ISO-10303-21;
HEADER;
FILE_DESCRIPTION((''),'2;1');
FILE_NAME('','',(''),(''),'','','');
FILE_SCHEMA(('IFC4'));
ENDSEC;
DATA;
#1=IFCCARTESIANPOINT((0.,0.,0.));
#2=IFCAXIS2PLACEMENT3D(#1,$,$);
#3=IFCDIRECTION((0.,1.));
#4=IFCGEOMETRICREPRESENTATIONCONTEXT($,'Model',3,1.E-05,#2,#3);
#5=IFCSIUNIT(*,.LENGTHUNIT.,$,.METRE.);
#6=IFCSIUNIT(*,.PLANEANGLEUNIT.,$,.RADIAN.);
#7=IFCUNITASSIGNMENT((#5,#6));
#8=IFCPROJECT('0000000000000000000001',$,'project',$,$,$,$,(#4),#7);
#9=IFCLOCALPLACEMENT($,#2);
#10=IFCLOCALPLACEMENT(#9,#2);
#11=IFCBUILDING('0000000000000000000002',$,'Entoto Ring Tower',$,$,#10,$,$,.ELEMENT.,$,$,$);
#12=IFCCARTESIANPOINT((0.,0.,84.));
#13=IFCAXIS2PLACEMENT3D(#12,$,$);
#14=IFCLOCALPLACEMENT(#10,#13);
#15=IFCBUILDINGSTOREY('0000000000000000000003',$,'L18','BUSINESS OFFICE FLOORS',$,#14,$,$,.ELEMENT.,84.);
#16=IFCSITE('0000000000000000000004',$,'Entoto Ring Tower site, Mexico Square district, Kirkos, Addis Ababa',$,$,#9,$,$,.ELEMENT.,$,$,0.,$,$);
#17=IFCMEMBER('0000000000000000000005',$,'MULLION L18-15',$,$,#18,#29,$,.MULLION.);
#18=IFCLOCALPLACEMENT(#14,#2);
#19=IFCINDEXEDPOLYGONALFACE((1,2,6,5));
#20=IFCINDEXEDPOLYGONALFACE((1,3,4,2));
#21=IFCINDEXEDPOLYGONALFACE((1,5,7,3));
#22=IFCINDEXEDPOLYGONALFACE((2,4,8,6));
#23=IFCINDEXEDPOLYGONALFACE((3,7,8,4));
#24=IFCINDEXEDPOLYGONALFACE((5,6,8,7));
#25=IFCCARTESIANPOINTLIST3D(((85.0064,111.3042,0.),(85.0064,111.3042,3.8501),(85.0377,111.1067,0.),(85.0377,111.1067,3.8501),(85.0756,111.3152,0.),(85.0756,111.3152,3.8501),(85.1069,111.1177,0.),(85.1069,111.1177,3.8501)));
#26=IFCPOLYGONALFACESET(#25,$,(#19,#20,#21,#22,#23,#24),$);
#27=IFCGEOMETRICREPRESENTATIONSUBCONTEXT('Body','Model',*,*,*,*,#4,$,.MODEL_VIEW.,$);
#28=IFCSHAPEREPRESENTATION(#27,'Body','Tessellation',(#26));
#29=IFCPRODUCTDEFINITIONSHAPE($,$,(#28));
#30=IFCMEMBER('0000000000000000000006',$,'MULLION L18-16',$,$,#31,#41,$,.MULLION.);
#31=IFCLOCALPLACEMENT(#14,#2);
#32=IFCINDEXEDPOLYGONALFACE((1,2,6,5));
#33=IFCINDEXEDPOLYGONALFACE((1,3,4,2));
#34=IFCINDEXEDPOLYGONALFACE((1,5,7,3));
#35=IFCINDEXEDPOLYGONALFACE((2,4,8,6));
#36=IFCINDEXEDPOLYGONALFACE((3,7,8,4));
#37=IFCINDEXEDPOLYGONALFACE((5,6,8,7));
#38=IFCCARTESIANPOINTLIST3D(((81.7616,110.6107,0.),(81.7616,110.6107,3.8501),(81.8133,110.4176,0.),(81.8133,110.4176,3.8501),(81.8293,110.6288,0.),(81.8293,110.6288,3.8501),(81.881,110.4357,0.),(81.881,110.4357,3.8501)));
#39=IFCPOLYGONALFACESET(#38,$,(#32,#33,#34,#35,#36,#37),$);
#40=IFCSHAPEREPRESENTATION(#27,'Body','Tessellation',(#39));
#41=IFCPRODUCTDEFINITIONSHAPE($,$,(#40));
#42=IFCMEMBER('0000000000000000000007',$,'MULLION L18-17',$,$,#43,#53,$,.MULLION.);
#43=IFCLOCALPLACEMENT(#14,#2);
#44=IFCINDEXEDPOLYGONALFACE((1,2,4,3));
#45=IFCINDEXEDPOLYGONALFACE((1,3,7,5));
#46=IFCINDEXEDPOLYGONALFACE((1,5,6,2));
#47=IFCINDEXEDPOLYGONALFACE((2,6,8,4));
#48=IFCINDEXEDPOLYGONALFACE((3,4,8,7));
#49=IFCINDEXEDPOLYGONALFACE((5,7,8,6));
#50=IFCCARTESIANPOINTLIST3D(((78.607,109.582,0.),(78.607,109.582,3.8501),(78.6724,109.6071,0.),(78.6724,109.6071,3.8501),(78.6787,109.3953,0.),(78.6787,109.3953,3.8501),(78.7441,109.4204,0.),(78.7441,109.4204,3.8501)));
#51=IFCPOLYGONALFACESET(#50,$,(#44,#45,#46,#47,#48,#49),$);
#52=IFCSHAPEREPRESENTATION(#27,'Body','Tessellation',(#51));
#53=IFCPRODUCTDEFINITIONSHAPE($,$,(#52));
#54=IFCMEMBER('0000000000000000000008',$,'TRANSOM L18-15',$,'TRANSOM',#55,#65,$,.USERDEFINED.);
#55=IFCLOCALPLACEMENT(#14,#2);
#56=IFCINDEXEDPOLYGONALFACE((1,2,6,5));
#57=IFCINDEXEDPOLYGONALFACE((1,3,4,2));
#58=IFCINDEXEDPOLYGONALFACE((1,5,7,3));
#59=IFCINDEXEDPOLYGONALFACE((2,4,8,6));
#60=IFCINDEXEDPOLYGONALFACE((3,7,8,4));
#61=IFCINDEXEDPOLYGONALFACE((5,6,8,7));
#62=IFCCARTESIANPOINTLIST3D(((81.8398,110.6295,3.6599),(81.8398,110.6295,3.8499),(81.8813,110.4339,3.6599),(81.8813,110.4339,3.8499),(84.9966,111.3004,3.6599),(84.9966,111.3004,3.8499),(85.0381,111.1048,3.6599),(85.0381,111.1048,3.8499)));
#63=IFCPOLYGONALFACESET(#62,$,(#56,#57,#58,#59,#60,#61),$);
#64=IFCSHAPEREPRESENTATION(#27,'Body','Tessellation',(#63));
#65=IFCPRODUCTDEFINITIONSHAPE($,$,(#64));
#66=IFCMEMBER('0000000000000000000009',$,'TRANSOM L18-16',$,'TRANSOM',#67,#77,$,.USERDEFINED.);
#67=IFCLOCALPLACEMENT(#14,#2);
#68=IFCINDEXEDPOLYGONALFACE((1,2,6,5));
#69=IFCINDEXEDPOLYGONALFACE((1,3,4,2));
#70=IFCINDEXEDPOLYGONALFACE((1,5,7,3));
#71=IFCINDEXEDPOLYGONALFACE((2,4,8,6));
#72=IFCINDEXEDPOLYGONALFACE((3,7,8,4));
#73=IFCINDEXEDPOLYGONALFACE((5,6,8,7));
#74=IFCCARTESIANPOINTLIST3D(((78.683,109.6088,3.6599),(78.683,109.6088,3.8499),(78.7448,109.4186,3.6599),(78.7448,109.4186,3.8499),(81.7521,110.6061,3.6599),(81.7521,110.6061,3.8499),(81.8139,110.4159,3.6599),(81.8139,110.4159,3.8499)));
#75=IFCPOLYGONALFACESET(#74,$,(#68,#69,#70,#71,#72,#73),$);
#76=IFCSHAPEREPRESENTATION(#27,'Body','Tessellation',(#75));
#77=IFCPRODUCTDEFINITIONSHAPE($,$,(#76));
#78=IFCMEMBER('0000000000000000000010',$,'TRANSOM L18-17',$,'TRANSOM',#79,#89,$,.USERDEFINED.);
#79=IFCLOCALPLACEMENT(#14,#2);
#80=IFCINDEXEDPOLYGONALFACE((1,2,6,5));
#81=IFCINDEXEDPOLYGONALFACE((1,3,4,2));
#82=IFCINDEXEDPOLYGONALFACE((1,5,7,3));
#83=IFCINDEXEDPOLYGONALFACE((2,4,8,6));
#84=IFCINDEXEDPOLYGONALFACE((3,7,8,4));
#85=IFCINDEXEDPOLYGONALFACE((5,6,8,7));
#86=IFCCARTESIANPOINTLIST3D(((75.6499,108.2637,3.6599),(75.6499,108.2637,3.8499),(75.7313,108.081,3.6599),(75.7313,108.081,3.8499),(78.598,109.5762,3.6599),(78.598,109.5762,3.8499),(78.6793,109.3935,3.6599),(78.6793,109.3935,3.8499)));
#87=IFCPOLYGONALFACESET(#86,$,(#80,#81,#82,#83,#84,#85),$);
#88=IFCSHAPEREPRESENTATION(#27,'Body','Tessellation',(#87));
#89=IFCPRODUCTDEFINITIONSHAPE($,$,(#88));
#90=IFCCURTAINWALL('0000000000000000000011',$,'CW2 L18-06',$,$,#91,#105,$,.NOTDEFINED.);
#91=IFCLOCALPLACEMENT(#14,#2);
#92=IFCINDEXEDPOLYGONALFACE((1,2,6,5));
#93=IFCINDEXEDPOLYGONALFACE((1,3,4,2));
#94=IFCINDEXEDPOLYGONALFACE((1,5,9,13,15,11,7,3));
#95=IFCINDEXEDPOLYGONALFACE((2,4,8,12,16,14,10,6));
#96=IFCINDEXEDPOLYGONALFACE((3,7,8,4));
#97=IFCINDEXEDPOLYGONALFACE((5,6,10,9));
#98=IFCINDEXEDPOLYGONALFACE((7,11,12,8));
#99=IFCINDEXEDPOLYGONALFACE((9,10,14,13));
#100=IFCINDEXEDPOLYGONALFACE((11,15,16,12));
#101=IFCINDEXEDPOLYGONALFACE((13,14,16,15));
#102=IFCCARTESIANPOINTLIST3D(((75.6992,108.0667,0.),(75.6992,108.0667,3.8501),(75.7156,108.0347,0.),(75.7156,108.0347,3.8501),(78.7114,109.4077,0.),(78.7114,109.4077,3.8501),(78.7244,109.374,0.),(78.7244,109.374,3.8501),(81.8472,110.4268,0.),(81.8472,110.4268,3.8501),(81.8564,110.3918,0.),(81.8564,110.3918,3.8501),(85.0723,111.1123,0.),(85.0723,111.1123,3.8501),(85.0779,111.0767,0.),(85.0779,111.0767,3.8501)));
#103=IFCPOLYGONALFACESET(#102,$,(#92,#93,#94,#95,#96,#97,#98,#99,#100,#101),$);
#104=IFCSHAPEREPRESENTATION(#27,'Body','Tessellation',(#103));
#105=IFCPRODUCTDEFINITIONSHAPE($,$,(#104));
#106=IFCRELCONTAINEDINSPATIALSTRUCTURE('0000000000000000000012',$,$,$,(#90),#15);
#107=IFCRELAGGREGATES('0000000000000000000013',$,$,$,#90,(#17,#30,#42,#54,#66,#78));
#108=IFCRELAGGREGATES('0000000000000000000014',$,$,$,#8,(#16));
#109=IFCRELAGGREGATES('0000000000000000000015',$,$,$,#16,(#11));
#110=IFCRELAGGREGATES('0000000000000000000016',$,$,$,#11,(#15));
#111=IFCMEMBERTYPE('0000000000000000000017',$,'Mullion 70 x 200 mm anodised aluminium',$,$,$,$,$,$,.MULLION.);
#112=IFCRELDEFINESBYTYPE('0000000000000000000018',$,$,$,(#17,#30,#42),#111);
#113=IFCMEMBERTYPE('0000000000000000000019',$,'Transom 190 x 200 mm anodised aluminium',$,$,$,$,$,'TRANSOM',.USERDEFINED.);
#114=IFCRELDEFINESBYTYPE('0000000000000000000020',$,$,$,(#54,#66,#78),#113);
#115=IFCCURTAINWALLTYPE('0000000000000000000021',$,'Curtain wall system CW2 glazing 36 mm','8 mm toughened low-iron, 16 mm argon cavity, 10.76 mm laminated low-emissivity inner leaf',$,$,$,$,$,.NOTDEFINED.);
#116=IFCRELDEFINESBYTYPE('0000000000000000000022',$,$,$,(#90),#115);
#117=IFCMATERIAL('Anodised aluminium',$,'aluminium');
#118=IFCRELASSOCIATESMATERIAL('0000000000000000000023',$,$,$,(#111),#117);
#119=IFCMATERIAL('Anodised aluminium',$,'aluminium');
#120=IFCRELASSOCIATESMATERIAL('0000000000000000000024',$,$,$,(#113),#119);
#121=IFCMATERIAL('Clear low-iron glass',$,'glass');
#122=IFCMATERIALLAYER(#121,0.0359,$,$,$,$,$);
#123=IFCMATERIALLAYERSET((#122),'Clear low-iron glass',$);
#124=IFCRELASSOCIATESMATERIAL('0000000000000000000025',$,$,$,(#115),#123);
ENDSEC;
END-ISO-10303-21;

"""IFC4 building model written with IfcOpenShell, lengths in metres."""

from ifc_helpers import new_model, si_unit, direction, frame, origin, origin_2d, place, context, subcontext, project, spatial, polyline, rectangle, outline, extrude, material, layer, layer_set, material_profile, profile_set, type_object, element, aggregate, save


model = new_model("IFC4")

# Units and contexts
model_context = context("Model", 3, precision=1e-05, world=origin(), true_north=direction((0.0, 1.0)))
body_context = subcontext(model_context, "Body", "Model", "MODEL_VIEW")
ifc_project = project(units=[si_unit("LENGTHUNIT", "METRE"), si_unit("PLANEANGLEUNIT", "RADIAN")], contexts=[model_context])

# Members
ifc_material_1 = material(Name="Anodised aluminium", Category="aluminium")
ifc_material_profile_1 = material_profile(ifc_material_1, rectangle(XDim=0.0701, YDim=0.2, at=origin_2d()), Name="Mullion 70 x 200 mm anodised aluminium")
ifc_profile_set_1 = profile_set([ifc_material_profile_1], Name="Anodised aluminium")
member_type_1 = type_object("IfcMemberType", Name="Mullion 70 x 200 mm anodised aluminium", PredefinedType="MULLION", material=ifc_profile_set_1)
site_placement = place(None, origin())
building_placement = place(site_placement, origin())
storey_placement = place(building_placement, frame((0.0, 0.0, 84.0)))
member_1_placement = place(storey_placement, frame((85.0566, 111.2109, 0.0), z_axis=(0.0, 0.0, 1.0), x_axis=(-0.987688, -0.156434, 0.0)))
member_1 = element("IfcMember", 1, at=member_1_placement, type_object=member_type_1, Name="MULLION L18-15", PredefinedType="MULLION", context=body_context, shape_type="SweptSolid", body=[
    extrude(rectangle(XDim=0.0701, YDim=0.2, at=origin_2d()), origin(), (0.0, 0.0, 1.0), 3.8501),
])
member_2_placement = place(storey_placement, frame((81.8213, 110.5232, 0.0), z_axis=(0.0, 0.0, 1.0), x_axis=(-0.965926, -0.258819, 0.0)))
member_2 = element("IfcMember", 2, at=member_2_placement, type_object=member_type_1, Name="MULLION L18-16", PredefinedType="MULLION", context=body_context, shape_type="SweptSolid", body=[
    extrude(rectangle(XDim=0.0701, YDim=0.2, at=origin_2d()), origin(), (0.0, 0.0, 1.0), 3.8501),
])
member_3_placement = place(storey_placement, frame((78.6755, 109.5012, 0.0), z_axis=(0.0, 0.0, 1.0), x_axis=(-0.93358, -0.358368, 0.0)))
member_3 = element("IfcMember", 3, at=member_3_placement, type_object=member_type_1, Name="MULLION L18-17", PredefinedType="MULLION", context=body_context, shape_type="SweptSolid", body=[
    extrude(rectangle(XDim=0.0701, YDim=0.2, at=origin_2d()), origin(), (0.0, 0.0, 1.0), 3.8501),
])
ifc_material_2 = material(Name="Anodised aluminium", Category="aluminium")
ifc_material_profile_2 = material_profile(ifc_material_2, rectangle(XDim=0.2, YDim=0.1899, at=origin_2d()), Name="Transom 190 x 200 mm anodised aluminium")
ifc_profile_set_2 = profile_set([ifc_material_profile_2], Name="Anodised aluminium")
member_type_2 = type_object("IfcMemberType", Name="Transom 190 x 200 mm anodised aluminium", ElementType="TRANSOM", PredefinedType="USERDEFINED", material=ifc_profile_set_2)
member_4_placement = place(storey_placement, frame((85.0173, 111.2026, 3.7549), z_axis=(-0.978153, -0.207886, 0.0), x_axis=(0.207886, -0.978153, 0.0)))
member_4 = element("IfcMember", 4, at=member_4_placement, type_object=member_type_2, Name="TRANSOM L18-15", ObjectType="TRANSOM", PredefinedType="USERDEFINED", context=body_context, shape_type="SweptSolid", body=[
    extrude(rectangle(XDim=0.2, YDim=0.1899, at=origin_2d()), origin(), (0.0, 0.0, 1.0), 3.2273),
])
member_5_placement = place(storey_placement, frame((81.783, 110.511, 3.7549), z_axis=(-0.951047, -0.309047, 0.0), x_axis=(0.309047, -0.951047, 0.0)))
member_5 = element("IfcMember", 5, at=member_5_placement, type_object=member_type_2, Name="TRANSOM L18-16", ObjectType="TRANSOM", PredefinedType="USERDEFINED", context=body_context, shape_type="SweptSolid", body=[
    extrude(rectangle(XDim=0.2, YDim=0.1899, at=origin_2d()), origin(), (0.0, 0.0, 1.0), 3.2271),
])
member_6_placement = place(storey_placement, frame((78.6387, 109.4849, 3.7549), z_axis=(-0.913549, -0.406728, 0.0), x_axis=(0.406728, -0.913549, 0.0)))
member_6 = element("IfcMember", 6, at=member_6_placement, type_object=member_type_2, Name="TRANSOM L18-17", ObjectType="TRANSOM", PredefinedType="USERDEFINED", context=body_context, shape_type="SweptSolid", body=[
    extrude(rectangle(XDim=0.2, YDim=0.1899, at=origin_2d()), origin(), (0.0, 0.0, 1.0), 3.2271),
])

# Site, building, storey
site = spatial("IfcSite", under=ifc_project, at=site_placement, Name="Entoto Ring Tower site, Mexico Square district, Kirkos, Addis Ababa", CompositionType="ELEMENT", RefElevation=0.0)
building = spatial("IfcBuilding", under=site, at=building_placement, Name="Entoto Ring Tower", CompositionType="ELEMENT")
storey = spatial("IfcBuildingStorey", under=building, at=storey_placement, Name="L18", Description="BUSINESS OFFICE FLOORS", CompositionType="ELEMENT", Elevation=84.0)

# Curtain wall
ifc_material_3 = material(Name="Clear low-iron glass", Category="glass")
ifc_layer = layer(ifc_material_3, 0.0359)
ifc_layer_set = layer_set([ifc_layer], Name="Clear low-iron glass")
curtain_wall_type = type_object("IfcCurtainWallType", Name="Curtain wall system CW2 glazing 36 mm", Description="8 mm toughened low-iron, 16 mm argon cavity, 10.76 mm laminated low-emissivity inner leaf", PredefinedType="NOTDEFINED", material=ifc_layer_set)
curtain_wall_1_placement = place(storey_placement, origin())
curtain_wall_1 = element("IfcCurtainWall", 7, at=curtain_wall_1_placement, inside=storey, type_object=curtain_wall_type, Name="CW2 L18-06", PredefinedType="NOTDEFINED", context=body_context, shape_type="SweptSolid", body=[
    extrude(outline(polyline([(85.0723, 111.1123), (81.8472, 110.4268), (78.7114, 109.4077), (75.6992, 108.0667), (75.7156, 108.0347), (78.7244, 109.374), (81.8564, 110.3918), (85.0779, 111.0767), (85.0723, 111.1123)])), origin(), (0.0, 0.0, 1.0), 3.8501),
])
aggregate(curtain_wall_1, [member_1, member_2, member_3, member_4, member_5, member_6])

save(model, "model.ifc")
